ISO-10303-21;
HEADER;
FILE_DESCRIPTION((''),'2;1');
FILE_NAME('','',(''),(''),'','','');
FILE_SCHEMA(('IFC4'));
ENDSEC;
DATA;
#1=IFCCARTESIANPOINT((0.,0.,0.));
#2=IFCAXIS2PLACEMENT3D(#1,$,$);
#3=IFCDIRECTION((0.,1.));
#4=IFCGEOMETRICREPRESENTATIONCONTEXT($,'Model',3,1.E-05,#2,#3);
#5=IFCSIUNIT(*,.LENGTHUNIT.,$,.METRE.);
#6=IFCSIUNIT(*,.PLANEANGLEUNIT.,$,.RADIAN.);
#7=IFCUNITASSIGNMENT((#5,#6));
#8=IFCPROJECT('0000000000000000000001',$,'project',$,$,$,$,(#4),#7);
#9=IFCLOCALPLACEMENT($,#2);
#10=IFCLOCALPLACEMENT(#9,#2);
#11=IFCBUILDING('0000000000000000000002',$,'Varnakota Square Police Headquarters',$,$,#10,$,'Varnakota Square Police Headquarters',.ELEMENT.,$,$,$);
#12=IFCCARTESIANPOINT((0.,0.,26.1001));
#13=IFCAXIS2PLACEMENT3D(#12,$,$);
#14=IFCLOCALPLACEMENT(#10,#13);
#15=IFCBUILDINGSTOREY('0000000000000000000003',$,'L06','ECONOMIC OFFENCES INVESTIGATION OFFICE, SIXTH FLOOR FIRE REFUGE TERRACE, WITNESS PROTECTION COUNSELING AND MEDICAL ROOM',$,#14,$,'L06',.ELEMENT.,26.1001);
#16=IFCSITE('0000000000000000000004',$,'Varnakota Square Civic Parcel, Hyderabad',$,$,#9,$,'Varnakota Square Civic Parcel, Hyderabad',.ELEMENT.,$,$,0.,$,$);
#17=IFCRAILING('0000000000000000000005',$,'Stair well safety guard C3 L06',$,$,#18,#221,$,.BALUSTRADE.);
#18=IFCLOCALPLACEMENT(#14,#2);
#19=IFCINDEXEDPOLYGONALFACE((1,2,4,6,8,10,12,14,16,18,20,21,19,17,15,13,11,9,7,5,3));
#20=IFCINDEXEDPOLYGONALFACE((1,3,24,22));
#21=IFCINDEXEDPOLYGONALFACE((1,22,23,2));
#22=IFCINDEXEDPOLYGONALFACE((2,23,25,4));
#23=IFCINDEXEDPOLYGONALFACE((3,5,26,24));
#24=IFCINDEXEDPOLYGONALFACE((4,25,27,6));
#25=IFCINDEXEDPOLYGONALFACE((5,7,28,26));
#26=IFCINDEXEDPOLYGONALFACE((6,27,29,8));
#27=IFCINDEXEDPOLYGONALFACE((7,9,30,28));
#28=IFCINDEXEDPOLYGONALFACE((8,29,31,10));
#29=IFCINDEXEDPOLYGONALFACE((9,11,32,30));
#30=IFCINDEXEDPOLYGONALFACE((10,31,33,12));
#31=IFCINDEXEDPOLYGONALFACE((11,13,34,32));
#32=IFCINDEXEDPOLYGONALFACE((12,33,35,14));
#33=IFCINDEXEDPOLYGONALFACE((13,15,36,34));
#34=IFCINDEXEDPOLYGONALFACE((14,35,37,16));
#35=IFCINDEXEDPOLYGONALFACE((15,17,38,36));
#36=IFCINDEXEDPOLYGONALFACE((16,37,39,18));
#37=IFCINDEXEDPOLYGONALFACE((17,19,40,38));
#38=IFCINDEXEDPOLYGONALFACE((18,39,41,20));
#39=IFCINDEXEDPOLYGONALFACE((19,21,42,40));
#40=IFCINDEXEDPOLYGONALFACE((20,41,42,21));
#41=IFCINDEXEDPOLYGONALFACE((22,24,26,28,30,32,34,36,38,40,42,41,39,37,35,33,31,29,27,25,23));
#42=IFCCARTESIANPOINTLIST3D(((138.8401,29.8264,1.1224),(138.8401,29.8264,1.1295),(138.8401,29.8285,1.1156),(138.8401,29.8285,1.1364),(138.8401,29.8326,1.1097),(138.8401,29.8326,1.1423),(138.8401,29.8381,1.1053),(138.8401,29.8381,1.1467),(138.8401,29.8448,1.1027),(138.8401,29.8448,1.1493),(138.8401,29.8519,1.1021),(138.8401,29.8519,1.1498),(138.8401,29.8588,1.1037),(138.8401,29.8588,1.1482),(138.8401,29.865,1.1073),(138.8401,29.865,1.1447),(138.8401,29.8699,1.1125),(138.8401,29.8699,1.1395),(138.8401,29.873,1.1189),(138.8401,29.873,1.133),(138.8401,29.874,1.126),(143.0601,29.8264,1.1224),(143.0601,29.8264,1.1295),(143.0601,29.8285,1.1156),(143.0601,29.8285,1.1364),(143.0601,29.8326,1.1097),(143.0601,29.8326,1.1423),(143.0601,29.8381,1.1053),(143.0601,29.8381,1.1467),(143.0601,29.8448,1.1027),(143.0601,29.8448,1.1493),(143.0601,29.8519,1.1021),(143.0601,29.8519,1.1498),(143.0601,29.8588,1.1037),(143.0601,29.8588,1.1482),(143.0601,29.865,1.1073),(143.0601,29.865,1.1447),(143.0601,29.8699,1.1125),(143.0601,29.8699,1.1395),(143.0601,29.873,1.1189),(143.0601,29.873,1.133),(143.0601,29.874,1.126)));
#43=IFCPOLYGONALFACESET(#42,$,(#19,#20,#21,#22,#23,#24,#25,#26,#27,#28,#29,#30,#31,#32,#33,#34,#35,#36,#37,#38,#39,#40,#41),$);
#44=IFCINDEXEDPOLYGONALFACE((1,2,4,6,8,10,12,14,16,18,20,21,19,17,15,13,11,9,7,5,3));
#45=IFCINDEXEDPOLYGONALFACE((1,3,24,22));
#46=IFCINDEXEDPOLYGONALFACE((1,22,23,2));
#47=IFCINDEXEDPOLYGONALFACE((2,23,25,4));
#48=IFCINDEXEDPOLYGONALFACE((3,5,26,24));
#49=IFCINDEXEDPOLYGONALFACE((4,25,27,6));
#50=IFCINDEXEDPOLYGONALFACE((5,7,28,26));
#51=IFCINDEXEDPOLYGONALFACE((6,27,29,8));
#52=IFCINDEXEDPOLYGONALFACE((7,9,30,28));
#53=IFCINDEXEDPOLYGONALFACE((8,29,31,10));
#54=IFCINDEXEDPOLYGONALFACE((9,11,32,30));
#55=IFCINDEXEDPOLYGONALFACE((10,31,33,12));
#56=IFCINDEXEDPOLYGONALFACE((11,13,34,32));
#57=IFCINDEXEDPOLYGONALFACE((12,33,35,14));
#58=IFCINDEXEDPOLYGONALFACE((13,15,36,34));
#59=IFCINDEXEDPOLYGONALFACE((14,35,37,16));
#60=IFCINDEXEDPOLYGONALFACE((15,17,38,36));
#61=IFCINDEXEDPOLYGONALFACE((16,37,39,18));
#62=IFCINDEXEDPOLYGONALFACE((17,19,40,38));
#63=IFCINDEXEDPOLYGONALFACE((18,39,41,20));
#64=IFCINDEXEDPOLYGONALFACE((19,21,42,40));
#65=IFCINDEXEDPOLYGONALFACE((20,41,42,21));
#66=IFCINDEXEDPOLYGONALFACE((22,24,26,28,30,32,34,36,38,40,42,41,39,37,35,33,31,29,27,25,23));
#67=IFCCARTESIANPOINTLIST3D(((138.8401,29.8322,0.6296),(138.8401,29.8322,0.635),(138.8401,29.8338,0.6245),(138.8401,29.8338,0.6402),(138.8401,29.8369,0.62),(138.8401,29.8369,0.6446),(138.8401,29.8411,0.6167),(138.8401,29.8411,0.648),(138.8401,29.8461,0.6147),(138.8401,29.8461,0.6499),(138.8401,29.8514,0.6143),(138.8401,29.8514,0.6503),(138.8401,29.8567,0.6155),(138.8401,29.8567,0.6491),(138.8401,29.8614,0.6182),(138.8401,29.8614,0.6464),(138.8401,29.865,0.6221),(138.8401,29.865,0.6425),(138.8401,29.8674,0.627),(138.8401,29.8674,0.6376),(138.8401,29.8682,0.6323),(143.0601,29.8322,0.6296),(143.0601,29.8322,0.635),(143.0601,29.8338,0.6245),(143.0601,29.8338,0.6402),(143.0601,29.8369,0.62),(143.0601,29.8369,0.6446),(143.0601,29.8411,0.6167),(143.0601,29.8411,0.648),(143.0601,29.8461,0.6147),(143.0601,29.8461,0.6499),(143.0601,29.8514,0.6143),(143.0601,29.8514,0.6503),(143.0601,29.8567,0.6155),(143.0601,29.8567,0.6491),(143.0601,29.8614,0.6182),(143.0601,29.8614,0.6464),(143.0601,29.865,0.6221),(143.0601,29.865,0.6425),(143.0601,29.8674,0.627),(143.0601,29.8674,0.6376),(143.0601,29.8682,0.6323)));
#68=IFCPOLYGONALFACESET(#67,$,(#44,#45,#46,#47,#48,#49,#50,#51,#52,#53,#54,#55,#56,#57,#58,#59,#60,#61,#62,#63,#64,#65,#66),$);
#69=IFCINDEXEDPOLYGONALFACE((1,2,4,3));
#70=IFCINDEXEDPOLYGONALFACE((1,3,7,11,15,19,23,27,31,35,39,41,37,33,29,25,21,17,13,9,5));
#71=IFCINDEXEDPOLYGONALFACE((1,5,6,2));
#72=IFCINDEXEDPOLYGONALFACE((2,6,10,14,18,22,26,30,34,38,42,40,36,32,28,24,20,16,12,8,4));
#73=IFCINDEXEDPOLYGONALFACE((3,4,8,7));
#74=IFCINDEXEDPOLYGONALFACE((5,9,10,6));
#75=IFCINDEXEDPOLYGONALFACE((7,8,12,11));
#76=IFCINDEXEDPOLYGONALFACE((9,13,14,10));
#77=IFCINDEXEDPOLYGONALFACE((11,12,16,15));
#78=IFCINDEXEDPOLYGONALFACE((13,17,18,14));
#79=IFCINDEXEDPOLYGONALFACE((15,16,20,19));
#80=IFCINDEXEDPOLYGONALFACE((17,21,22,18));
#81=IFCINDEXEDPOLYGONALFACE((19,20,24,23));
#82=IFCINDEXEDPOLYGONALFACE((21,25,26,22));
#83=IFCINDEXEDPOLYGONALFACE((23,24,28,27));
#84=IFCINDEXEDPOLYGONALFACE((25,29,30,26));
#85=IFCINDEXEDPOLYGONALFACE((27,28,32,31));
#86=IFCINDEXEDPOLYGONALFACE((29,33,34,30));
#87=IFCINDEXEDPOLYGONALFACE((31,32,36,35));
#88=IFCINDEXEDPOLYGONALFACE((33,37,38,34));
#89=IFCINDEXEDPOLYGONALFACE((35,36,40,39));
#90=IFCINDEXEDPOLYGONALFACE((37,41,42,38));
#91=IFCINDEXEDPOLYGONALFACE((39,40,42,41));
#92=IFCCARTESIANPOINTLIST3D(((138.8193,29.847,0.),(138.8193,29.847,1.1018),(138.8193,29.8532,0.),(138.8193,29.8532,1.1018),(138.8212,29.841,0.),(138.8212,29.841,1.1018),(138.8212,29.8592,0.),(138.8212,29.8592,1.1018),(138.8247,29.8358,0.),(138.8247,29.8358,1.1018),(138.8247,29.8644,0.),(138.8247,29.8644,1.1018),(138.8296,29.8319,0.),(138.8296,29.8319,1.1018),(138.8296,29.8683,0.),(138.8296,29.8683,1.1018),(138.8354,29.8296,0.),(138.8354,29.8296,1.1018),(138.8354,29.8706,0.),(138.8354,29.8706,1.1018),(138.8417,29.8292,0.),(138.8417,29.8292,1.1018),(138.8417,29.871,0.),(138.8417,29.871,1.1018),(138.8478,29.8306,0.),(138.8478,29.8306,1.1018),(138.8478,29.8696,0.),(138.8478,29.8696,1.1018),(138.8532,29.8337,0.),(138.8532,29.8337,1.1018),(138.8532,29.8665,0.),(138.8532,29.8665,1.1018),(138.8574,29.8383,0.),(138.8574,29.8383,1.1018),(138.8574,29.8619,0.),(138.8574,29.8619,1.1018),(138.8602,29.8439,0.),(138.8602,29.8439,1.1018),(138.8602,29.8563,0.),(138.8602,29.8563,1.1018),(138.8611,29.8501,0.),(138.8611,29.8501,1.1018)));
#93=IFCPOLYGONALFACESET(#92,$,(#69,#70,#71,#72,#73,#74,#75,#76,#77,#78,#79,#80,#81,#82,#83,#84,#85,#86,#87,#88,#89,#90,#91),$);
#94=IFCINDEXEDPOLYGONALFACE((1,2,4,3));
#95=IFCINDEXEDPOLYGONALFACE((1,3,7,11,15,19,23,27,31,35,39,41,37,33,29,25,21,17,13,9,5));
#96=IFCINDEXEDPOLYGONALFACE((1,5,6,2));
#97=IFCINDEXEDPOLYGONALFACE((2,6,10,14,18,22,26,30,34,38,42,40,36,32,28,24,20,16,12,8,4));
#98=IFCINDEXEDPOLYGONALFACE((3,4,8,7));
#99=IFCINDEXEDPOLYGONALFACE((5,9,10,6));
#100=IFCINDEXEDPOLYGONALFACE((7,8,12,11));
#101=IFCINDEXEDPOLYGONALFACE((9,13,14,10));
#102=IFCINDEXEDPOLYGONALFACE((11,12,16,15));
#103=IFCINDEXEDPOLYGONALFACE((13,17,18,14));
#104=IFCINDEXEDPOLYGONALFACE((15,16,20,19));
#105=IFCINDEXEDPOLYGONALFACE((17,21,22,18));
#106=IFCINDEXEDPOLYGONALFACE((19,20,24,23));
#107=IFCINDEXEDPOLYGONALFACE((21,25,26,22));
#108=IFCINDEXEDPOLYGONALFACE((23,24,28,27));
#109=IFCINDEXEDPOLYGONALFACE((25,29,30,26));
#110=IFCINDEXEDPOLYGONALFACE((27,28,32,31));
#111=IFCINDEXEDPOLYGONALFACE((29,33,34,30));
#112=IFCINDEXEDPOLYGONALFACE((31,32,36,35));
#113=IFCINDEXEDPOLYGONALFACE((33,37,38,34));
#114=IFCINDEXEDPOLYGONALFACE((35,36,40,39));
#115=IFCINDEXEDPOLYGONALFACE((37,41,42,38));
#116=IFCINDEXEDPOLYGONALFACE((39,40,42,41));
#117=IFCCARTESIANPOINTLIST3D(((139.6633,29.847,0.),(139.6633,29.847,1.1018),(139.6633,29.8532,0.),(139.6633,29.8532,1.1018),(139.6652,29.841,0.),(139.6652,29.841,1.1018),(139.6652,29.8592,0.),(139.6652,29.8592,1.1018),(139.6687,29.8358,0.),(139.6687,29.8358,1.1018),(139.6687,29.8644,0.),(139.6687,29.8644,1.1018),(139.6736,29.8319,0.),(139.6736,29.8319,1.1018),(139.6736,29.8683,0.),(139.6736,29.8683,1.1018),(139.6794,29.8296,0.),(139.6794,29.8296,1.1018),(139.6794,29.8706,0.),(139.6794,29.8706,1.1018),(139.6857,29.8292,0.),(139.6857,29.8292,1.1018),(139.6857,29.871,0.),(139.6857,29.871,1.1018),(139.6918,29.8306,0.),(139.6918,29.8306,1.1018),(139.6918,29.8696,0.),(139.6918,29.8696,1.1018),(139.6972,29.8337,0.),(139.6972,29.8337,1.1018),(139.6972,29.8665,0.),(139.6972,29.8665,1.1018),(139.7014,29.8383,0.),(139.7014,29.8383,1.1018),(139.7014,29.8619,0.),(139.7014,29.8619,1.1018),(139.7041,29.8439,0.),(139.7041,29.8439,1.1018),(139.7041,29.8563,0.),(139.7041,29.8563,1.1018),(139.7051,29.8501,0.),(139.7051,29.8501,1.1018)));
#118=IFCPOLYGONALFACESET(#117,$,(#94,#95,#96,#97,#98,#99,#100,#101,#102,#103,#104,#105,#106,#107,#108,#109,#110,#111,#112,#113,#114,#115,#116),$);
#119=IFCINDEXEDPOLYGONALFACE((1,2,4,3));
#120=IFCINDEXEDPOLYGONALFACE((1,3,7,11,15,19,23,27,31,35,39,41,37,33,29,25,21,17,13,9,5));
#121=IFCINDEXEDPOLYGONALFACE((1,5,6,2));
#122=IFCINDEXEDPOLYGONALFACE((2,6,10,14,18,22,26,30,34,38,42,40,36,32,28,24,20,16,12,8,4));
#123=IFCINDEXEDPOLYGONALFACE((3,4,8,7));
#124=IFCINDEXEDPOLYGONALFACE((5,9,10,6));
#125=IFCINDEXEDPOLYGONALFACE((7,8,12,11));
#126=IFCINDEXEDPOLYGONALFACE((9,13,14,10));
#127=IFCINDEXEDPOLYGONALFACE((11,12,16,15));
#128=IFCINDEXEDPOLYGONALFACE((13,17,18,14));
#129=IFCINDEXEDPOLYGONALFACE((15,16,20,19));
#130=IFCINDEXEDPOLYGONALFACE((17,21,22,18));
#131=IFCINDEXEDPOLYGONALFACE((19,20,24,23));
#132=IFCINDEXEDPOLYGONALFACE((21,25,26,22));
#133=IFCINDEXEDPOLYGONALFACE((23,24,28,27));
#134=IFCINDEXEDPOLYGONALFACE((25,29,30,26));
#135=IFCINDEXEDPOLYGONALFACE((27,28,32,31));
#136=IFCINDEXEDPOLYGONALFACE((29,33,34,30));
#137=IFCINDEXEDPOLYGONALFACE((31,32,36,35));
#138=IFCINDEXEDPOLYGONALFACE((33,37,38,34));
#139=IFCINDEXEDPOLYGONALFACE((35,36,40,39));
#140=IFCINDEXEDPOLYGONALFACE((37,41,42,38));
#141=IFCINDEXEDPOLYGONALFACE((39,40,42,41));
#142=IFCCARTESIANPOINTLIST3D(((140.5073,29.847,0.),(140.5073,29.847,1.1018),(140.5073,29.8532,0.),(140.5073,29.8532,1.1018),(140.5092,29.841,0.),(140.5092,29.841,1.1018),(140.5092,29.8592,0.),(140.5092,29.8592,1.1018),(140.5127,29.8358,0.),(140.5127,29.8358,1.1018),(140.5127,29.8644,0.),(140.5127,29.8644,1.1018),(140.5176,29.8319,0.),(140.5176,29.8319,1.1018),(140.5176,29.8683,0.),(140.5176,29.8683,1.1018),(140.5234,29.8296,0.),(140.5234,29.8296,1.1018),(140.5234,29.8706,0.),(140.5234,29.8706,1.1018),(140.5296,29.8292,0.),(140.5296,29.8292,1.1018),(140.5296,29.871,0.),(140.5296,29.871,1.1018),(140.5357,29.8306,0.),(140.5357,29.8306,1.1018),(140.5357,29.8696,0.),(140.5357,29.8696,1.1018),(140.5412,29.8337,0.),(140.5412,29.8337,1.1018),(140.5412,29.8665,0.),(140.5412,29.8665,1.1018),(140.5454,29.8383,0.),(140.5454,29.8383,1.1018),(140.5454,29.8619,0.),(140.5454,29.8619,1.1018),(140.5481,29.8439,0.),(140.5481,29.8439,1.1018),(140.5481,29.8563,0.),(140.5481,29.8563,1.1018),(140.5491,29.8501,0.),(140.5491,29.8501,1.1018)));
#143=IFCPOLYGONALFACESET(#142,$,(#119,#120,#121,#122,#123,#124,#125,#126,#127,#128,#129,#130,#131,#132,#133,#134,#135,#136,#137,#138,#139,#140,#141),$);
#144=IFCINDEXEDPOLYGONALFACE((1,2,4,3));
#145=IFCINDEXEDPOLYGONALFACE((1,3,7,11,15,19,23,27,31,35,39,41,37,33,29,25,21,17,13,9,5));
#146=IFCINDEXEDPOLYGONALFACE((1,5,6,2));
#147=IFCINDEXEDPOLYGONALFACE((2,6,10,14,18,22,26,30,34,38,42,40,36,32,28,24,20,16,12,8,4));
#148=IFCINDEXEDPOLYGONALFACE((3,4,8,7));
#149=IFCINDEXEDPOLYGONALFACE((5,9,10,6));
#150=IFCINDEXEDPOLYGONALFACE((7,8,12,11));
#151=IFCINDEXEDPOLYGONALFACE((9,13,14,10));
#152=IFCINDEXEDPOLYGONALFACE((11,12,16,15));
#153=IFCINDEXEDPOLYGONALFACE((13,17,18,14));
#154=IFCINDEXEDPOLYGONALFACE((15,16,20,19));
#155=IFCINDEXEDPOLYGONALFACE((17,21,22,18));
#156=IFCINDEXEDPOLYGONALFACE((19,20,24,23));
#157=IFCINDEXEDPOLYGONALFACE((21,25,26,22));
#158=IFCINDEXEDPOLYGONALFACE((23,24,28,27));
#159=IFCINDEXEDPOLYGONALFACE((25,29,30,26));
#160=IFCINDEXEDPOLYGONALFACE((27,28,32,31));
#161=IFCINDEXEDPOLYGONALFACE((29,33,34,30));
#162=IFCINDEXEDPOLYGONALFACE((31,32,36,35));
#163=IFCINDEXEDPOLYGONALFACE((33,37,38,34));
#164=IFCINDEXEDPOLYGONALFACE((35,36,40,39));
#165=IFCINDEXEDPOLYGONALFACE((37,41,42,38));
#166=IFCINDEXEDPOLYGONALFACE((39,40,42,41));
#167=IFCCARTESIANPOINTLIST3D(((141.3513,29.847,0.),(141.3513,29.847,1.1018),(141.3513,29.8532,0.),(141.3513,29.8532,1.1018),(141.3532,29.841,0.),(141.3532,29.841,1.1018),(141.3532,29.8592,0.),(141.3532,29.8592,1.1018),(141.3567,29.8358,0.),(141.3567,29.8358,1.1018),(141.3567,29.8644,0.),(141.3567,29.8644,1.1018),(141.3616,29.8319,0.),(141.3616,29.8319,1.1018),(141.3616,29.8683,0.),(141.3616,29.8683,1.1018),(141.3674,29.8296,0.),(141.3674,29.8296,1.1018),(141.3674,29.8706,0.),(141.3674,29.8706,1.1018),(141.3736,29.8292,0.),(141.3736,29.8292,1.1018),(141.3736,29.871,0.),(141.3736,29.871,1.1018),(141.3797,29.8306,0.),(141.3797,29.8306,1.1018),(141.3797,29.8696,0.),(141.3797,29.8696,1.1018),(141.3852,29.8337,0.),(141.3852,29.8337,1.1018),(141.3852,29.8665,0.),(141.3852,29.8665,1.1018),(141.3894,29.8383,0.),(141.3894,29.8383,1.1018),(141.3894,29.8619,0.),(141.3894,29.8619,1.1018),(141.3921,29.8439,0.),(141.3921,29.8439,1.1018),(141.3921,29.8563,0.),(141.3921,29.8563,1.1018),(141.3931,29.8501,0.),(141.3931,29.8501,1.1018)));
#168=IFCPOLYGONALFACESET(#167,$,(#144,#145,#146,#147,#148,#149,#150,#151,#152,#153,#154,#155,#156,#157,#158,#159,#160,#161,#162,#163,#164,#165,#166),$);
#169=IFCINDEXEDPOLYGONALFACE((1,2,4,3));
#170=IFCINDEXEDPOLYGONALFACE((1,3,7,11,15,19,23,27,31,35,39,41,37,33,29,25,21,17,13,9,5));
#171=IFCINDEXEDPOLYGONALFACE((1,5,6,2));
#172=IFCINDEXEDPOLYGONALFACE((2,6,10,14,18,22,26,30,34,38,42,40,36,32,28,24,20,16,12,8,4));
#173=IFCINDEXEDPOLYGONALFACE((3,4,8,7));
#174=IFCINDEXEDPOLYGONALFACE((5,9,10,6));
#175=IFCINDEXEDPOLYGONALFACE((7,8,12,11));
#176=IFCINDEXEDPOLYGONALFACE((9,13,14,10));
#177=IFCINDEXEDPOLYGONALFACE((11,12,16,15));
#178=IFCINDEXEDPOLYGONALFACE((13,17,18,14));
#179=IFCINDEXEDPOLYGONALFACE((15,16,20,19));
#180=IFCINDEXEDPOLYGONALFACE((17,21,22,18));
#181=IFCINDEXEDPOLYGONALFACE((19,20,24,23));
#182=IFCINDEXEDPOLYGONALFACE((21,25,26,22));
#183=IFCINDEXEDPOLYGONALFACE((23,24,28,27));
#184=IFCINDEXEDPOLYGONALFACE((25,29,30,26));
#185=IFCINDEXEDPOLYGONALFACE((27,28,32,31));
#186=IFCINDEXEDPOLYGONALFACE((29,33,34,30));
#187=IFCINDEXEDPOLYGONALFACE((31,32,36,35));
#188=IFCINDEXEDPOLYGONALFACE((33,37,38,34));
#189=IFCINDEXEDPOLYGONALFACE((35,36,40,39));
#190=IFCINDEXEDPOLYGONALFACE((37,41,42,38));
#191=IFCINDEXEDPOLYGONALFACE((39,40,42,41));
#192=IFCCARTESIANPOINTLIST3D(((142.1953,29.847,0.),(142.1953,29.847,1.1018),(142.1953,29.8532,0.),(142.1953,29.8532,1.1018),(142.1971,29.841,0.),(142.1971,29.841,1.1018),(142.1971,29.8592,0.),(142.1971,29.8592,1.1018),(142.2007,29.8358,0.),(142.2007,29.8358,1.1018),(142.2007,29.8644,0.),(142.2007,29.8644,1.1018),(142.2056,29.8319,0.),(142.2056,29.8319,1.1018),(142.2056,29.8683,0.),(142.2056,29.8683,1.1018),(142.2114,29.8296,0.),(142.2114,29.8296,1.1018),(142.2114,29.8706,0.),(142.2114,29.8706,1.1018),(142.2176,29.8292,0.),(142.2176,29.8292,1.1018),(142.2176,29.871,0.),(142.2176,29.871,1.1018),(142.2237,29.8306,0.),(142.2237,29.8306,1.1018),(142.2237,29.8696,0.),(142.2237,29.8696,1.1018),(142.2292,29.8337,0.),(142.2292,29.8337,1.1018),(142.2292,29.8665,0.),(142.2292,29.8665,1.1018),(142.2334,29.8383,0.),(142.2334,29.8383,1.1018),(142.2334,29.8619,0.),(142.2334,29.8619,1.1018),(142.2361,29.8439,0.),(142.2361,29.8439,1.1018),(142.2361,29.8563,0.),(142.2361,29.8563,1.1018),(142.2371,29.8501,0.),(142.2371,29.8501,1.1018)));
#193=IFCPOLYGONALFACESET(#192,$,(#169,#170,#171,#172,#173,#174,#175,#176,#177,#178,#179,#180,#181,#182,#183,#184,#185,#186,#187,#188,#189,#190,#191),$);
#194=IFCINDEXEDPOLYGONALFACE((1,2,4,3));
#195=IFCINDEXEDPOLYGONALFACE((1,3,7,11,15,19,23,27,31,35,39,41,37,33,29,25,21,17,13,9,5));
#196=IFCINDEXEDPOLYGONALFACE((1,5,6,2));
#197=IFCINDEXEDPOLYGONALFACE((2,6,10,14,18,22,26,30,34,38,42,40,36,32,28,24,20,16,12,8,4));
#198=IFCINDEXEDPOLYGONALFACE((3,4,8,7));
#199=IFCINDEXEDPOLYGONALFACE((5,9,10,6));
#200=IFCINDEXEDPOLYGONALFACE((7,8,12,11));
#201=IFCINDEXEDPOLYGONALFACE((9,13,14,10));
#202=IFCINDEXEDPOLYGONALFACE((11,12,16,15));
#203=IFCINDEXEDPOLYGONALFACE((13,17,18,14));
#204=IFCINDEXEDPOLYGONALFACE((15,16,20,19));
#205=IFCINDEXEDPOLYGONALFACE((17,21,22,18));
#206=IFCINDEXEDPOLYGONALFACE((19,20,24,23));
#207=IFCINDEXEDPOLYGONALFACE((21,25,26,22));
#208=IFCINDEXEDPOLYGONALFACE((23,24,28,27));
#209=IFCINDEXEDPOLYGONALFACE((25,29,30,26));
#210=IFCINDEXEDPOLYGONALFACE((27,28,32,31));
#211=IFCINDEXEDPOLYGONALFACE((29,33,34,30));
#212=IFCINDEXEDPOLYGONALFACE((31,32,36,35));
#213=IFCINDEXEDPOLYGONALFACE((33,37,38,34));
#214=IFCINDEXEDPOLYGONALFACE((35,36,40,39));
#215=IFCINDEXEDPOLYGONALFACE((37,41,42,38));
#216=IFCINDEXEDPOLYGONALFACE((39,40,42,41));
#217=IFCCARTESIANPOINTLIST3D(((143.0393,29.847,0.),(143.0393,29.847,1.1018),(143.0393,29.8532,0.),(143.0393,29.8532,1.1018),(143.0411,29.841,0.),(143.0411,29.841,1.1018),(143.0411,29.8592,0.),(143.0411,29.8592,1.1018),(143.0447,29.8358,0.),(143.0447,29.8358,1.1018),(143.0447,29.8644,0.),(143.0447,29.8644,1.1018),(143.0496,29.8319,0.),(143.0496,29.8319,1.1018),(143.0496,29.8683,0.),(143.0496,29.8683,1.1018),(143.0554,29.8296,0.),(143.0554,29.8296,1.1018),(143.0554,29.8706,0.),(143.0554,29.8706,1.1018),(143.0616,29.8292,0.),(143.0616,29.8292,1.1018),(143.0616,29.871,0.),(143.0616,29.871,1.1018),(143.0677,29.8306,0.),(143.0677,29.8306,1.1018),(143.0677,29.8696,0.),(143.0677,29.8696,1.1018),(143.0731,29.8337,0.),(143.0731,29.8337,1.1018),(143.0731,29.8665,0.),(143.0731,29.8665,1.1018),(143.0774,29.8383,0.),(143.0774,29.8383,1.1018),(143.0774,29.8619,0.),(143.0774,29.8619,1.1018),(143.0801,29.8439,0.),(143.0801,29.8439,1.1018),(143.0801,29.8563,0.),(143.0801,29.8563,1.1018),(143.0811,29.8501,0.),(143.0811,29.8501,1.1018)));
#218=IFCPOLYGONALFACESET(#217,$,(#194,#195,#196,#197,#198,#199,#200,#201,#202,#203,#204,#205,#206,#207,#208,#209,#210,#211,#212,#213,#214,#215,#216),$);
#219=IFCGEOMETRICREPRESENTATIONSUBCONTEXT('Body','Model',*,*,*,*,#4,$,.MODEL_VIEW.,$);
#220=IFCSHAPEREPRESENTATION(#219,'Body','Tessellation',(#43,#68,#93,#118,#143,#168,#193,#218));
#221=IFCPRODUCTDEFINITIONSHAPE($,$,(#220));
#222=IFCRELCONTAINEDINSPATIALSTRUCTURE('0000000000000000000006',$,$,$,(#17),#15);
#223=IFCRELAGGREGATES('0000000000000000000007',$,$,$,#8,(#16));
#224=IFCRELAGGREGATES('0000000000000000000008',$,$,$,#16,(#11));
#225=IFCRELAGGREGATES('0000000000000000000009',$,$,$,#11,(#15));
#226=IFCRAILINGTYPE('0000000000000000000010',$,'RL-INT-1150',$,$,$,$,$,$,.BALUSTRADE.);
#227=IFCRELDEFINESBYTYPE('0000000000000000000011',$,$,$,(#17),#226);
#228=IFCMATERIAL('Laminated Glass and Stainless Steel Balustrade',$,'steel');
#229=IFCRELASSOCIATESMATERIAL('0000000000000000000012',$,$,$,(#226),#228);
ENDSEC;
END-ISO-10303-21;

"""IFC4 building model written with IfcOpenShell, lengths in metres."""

from ifc_helpers import new_model, si_unit, direction, frame, origin, origin_2d, place, context, subcontext, project, spatial, circle, extrude, material, type_object, element, save


model = new_model("IFC4")

# Units and contexts
model_context = context("Model", 3, precision=1e-05, world=origin(), true_north=direction((0.0, 1.0)))
body_context = subcontext(model_context, "Body", "Model", "MODEL_VIEW")
ifc_project = project(units=[si_unit("LENGTHUNIT", "METRE"), si_unit("PLANEANGLEUNIT", "RADIAN")], contexts=[model_context])

# Site, building, storey
site_placement = place(None, origin())
site = spatial("IfcSite", under=ifc_project, at=site_placement, Name="Varnakota Square Civic Parcel, Hyderabad", LongName="Varnakota Square Civic Parcel, Hyderabad", CompositionType="ELEMENT", RefElevation=0.0)
building_placement = place(site_placement, origin())
building = spatial("IfcBuilding", under=site, at=building_placement, Name="Varnakota Square Police Headquarters", LongName="Varnakota Square Police Headquarters", CompositionType="ELEMENT")
storey_placement = place(building_placement, frame((0.0, 0.0, 26.1001)))
storey = spatial("IfcBuildingStorey", under=building, at=storey_placement, Name="L06", Description="ECONOMIC OFFENCES INVESTIGATION OFFICE, SIXTH FLOOR FIRE REFUGE TERRACE, WITNESS PROTECTION COUNSELING AND MEDICAL ROOM", LongName="L06", CompositionType="ELEMENT", Elevation=26.1001)

# Railing
ifc_material_1 = material(Name="Laminated Glass and Stainless Steel Balustrade", Category="steel")
railing_type_1 = type_object("IfcRailingType", Name="RL-INT-1150", PredefinedType="BALUSTRADE", material=ifc_material_1)
railing_1_placement = place(storey_placement, frame((138.8401, 29.8501, 0.0)))
element("IfcRailing", 1, at=railing_1_placement, inside=storey, type_object=railing_type_1, Name="Stair well safety guard C3 L06", PredefinedType="BALUSTRADE", context=body_context, shape_type="SweptSolid", body=[
    extrude(circle(Radius=0.0239, at=origin_2d()), frame((0.0, 0.0, 1.126), z_axis=(1.0, 0.0, 0.0), x_axis=(0.0, 1.0, 0.0)), (0.0, 0.0, 1.0), 4.22),
    extrude(circle(Radius=0.0181, at=origin_2d()), frame((0.0, 0.0, 0.6323), z_axis=(1.0, 0.0, 0.0), x_axis=(0.0, 1.0, 0.0)), (0.0, 0.0, 1.0), 4.22),
    extrude(circle(Radius=0.021, at=origin_2d()), origin(), (0.0, 0.0, 1.0), 1.1018),
    extrude(circle(Radius=0.021, at=origin_2d()), frame((0.844, 0.0, 0.0)), (0.0, 0.0, 1.0), 1.1018),
    extrude(circle(Radius=0.021, at=origin_2d()), frame((1.688, 0.0, 0.0)), (0.0, 0.0, 1.0), 1.1018),
    extrude(circle(Radius=0.021, at=origin_2d()), frame((2.532, 0.0, 0.0)), (0.0, 0.0, 1.0), 1.1018),
    extrude(circle(Radius=0.021, at=origin_2d()), frame((3.376, 0.0, 0.0)), (0.0, 0.0, 1.0), 1.1018),
    extrude(circle(Radius=0.021, at=origin_2d()), frame((4.22, 0.0, 0.0)), (0.0, 0.0, 1.0), 1.1018),
])

save(model, "model.ifc")
